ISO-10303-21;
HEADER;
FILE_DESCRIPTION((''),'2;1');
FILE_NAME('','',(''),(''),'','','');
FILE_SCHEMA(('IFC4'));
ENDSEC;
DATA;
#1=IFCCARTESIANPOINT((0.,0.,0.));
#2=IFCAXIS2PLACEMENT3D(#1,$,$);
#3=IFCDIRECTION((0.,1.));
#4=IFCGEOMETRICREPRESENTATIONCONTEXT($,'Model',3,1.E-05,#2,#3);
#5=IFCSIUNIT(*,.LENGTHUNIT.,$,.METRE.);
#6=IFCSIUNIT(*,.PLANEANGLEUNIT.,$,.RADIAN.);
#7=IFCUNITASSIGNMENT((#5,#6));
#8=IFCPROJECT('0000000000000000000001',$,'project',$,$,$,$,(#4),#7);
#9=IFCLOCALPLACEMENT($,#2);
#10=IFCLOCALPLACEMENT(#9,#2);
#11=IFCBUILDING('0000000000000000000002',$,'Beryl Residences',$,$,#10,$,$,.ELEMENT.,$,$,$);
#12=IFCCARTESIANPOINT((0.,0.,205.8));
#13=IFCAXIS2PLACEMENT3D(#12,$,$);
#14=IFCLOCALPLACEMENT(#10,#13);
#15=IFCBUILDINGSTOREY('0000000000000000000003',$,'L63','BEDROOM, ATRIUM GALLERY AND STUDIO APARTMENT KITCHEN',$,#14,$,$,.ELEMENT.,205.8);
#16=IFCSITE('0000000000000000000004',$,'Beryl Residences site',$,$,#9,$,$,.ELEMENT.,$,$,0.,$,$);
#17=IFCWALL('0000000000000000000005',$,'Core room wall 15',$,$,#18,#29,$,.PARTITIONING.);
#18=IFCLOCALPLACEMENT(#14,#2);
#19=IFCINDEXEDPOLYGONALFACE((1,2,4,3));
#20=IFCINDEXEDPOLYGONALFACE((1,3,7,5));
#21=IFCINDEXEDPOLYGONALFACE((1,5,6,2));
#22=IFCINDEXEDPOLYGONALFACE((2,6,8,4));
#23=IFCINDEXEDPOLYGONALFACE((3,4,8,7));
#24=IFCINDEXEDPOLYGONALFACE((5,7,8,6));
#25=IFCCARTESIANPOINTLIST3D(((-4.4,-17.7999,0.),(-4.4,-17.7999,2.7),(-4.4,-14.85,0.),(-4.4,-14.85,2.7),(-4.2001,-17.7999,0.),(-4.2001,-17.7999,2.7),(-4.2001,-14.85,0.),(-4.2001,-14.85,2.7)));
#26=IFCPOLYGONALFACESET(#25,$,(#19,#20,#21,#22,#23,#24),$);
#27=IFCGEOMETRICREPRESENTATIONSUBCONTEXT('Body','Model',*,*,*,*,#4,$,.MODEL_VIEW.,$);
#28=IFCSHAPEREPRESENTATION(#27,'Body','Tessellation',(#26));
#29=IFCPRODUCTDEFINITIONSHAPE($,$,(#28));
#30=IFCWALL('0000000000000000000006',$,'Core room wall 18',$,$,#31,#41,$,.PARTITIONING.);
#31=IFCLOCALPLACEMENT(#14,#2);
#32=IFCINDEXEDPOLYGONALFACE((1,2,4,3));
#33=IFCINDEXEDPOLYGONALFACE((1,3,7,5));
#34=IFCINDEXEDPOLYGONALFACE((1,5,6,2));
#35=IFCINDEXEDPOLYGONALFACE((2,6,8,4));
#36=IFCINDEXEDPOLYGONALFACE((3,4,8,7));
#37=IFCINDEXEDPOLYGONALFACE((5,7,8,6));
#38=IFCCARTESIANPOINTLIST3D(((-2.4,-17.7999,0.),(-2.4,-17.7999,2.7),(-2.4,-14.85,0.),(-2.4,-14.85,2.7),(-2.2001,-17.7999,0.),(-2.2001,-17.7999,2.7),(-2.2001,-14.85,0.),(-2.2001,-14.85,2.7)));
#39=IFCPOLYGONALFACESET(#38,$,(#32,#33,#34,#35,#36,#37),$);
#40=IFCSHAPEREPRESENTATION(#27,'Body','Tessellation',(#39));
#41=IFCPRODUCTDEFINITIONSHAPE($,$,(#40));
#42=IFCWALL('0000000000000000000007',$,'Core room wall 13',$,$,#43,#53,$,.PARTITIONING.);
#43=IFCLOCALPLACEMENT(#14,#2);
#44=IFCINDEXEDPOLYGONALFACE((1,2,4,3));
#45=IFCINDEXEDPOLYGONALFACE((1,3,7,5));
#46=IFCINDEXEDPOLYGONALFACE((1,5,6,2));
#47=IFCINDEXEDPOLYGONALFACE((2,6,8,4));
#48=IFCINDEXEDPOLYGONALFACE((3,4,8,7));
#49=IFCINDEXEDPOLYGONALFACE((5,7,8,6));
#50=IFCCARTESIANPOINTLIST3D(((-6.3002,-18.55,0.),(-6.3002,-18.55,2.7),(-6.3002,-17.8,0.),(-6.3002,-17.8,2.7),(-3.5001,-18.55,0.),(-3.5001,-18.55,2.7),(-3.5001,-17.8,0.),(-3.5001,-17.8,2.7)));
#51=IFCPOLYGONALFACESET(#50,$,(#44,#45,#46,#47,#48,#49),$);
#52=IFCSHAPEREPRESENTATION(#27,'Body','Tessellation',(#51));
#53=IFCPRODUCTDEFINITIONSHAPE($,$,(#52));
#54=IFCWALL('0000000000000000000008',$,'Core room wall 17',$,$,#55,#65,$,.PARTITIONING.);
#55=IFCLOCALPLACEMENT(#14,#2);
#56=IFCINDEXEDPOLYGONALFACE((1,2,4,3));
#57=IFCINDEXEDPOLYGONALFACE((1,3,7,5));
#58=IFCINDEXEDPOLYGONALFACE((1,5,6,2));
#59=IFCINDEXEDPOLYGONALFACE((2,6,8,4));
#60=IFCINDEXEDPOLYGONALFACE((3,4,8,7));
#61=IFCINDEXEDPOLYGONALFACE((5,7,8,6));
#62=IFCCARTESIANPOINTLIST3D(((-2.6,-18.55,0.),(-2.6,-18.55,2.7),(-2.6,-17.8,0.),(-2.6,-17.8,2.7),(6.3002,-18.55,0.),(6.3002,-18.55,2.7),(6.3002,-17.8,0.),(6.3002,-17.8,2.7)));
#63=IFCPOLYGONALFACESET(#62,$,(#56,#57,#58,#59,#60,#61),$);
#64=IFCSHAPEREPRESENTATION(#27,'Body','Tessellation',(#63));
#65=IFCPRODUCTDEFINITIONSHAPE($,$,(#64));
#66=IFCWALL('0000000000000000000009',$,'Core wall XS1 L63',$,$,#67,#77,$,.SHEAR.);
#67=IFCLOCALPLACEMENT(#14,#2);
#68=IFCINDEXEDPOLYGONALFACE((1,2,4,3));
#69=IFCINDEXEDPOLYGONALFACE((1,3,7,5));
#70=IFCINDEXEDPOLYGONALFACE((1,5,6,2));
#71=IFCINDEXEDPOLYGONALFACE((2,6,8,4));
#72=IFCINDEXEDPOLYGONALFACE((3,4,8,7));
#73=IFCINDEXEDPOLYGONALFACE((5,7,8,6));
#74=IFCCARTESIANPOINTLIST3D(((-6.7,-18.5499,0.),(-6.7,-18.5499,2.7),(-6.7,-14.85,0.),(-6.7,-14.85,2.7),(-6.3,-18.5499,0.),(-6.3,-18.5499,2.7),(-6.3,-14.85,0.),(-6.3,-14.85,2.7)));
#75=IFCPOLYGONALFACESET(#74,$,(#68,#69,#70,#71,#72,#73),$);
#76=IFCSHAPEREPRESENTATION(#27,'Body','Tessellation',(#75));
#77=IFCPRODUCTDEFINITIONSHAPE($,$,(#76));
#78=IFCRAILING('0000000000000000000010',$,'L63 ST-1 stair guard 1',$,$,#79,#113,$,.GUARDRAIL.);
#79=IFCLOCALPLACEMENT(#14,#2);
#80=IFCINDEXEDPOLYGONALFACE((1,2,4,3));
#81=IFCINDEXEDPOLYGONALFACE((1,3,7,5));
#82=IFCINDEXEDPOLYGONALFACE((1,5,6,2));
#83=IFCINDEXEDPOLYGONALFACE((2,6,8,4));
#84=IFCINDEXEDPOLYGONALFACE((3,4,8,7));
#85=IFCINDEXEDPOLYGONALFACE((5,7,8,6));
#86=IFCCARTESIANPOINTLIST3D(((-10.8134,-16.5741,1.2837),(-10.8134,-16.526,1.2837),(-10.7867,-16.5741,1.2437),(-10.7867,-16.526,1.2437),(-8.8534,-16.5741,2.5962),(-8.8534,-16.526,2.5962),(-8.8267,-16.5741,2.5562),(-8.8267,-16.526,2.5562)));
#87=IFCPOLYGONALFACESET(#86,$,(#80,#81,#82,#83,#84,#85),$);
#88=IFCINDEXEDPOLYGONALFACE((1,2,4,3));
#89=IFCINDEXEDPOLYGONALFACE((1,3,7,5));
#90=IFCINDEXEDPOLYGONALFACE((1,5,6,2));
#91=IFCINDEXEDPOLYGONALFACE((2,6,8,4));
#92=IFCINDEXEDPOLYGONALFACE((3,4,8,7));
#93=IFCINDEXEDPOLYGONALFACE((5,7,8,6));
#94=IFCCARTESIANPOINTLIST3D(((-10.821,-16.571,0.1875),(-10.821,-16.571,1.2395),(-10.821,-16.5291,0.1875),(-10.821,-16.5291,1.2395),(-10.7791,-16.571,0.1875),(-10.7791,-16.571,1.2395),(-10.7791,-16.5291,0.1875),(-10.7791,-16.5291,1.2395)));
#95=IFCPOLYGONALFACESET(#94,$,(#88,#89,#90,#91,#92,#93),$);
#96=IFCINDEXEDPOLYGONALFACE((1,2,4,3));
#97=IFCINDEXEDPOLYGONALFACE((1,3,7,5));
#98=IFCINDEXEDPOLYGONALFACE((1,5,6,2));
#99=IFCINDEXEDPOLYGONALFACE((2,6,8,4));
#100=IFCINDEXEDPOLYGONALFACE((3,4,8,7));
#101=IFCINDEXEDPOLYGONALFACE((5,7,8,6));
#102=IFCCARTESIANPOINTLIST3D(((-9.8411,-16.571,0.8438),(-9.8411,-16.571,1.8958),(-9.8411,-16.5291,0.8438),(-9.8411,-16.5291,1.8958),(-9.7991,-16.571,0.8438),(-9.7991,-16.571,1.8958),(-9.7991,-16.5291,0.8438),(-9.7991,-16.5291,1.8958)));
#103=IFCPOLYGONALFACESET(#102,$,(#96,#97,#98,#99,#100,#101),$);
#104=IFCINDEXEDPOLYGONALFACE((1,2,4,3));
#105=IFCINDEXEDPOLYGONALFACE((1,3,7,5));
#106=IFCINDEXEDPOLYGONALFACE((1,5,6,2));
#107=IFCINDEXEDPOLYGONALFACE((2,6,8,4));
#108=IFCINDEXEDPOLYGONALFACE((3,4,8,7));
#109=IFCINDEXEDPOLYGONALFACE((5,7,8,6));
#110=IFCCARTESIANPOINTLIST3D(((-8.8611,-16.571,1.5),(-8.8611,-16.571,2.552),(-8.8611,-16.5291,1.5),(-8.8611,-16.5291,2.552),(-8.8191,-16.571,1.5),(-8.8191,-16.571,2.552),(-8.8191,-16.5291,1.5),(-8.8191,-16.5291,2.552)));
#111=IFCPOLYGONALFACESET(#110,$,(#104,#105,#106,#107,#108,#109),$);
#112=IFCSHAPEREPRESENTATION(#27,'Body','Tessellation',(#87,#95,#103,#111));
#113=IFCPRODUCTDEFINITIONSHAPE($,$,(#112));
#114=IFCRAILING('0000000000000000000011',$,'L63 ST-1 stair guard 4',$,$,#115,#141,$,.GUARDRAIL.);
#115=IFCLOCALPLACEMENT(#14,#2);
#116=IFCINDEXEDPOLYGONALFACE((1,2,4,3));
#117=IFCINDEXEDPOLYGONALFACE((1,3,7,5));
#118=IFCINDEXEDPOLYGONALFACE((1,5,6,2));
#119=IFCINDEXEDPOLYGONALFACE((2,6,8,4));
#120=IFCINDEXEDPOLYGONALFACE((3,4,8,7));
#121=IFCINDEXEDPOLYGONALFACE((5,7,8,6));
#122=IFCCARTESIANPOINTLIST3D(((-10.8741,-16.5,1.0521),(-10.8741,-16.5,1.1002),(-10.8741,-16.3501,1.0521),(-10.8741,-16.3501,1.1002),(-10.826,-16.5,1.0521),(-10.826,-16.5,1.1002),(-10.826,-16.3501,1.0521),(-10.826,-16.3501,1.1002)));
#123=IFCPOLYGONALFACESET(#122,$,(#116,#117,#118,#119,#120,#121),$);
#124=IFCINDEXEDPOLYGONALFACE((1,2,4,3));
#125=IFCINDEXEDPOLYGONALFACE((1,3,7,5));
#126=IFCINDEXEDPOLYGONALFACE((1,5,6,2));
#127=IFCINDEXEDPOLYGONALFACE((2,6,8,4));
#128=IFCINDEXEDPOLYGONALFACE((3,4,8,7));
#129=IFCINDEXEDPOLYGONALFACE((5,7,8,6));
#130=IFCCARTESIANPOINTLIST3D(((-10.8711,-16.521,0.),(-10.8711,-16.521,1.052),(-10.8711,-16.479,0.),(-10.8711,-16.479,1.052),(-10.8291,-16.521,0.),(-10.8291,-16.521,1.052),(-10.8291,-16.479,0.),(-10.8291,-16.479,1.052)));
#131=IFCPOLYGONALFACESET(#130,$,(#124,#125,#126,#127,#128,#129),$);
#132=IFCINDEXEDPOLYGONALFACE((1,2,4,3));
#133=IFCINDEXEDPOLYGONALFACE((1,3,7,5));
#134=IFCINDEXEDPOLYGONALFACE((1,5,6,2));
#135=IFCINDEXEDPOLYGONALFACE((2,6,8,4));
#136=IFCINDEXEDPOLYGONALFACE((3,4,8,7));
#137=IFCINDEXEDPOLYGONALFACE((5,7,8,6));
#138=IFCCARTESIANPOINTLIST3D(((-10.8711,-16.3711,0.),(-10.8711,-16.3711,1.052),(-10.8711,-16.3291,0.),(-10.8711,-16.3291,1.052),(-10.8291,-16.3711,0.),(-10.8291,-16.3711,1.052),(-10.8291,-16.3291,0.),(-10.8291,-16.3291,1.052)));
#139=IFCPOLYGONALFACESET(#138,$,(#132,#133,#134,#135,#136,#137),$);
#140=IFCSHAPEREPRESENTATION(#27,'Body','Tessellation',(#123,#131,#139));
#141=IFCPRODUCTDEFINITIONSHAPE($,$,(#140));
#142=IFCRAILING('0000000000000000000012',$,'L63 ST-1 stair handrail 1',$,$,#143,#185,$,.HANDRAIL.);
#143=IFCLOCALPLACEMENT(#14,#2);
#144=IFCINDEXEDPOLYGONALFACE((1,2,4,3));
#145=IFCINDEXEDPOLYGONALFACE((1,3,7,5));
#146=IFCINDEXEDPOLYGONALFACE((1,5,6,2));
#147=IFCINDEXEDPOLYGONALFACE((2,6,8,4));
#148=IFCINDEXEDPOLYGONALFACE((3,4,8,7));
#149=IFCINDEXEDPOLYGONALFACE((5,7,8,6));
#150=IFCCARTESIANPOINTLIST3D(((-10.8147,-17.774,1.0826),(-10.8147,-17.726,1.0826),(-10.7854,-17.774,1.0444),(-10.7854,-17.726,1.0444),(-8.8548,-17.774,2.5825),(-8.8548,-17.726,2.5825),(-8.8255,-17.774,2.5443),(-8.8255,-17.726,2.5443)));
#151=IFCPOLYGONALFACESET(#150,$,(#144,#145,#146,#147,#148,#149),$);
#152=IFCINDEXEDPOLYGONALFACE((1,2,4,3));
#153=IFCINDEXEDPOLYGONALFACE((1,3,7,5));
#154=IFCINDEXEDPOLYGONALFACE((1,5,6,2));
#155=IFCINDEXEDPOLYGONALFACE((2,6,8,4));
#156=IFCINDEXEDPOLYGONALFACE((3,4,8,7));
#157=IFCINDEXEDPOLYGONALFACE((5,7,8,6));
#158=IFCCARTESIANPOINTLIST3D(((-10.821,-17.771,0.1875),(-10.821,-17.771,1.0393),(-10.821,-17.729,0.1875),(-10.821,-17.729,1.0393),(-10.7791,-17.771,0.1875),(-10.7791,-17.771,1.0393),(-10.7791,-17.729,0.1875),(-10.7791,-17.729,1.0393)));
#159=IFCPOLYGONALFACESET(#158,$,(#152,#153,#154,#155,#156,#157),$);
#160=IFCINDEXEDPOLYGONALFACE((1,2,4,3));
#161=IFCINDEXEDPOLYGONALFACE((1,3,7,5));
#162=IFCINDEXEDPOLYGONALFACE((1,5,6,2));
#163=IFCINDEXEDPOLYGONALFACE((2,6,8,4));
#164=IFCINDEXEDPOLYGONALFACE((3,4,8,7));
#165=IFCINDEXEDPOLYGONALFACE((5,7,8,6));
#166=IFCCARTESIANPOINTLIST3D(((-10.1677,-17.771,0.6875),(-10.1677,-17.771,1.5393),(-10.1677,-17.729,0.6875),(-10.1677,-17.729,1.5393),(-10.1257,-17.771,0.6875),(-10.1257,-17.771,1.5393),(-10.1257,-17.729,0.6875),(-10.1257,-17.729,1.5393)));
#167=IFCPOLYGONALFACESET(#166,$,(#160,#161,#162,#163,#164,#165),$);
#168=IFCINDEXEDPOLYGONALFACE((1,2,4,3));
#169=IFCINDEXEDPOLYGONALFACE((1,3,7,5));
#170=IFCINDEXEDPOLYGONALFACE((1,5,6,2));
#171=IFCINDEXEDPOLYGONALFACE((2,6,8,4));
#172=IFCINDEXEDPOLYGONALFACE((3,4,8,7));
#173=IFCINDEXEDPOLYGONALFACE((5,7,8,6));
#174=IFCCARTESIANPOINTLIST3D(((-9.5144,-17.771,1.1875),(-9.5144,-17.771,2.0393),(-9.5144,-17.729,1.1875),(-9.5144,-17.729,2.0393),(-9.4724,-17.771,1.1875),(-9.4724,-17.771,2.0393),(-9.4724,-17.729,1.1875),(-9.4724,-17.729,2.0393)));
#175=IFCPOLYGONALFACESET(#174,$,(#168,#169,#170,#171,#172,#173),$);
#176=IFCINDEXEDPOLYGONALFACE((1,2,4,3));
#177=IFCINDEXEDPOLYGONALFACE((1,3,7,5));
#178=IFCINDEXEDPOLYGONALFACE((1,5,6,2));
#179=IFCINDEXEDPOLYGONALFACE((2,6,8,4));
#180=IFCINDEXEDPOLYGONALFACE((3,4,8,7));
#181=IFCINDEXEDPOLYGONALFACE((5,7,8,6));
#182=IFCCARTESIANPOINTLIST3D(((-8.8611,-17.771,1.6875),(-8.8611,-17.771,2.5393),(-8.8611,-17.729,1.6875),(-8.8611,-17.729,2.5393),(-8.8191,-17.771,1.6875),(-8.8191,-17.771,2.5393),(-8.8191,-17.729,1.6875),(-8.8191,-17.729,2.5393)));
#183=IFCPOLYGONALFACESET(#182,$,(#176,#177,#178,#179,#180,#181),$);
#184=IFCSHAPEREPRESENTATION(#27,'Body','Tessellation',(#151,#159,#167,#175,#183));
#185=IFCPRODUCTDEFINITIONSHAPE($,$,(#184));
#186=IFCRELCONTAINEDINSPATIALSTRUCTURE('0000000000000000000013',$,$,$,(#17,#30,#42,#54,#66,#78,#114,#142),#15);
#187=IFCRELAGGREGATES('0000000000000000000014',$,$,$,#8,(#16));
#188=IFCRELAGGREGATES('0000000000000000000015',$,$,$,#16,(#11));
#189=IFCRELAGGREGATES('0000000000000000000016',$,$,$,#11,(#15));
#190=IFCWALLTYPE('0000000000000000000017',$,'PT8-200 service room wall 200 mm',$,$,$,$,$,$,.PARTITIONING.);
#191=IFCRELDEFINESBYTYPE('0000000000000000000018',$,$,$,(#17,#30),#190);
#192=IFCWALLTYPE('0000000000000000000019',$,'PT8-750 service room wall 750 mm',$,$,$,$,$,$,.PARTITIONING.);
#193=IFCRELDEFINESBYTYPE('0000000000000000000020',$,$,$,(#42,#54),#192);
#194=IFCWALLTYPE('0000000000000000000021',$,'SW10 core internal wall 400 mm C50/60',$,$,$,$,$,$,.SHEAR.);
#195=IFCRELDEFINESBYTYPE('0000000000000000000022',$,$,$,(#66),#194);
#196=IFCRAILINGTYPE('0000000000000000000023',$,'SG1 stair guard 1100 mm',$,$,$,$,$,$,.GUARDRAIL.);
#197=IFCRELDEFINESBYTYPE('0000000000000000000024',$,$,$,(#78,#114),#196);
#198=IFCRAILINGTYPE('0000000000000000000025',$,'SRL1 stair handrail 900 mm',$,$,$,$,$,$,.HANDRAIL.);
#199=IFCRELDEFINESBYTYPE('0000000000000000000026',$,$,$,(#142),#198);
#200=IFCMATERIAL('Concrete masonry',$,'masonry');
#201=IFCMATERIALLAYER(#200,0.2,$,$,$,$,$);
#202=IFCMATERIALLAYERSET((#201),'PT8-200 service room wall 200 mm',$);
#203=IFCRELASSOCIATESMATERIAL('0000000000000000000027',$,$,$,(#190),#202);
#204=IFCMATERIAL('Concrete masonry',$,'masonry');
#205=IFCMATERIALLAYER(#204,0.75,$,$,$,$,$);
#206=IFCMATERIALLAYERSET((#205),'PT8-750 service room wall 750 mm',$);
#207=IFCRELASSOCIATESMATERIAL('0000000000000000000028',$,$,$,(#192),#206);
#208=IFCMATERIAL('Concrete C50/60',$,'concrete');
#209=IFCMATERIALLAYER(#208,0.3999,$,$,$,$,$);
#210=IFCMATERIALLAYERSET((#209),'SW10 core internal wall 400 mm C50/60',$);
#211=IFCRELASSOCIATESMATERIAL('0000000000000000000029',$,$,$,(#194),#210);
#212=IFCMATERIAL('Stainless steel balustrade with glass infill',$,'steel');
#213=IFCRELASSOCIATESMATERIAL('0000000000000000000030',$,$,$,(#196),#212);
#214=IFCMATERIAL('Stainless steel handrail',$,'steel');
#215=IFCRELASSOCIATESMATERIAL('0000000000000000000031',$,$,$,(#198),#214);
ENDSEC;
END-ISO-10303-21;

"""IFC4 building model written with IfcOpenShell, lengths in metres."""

from ifc_helpers import new_model, si_unit, direction, frame, frame_2d, origin, origin_2d, place, context, subcontext, project, spatial, rectangle, extrude, material, layer, layer_set, type_object, element, save


model = new_model("IFC4")

# Units and contexts
model_context = context("Model", 3, precision=1e-05, world=origin(), true_north=direction((0.0, 1.0)))
body_context = subcontext(model_context, "Body", "Model", "MODEL_VIEW")
ifc_project = project(units=[si_unit("LENGTHUNIT", "METRE"), si_unit("PLANEANGLEUNIT", "RADIAN")], contexts=[model_context])

# Site, building, storey
site_placement = place(None, origin())
site = spatial("IfcSite", under=ifc_project, at=site_placement, Name="Beryl Residences site", CompositionType="ELEMENT", RefElevation=0.0)
building_placement = place(site_placement, origin())
building = spatial("IfcBuilding", under=site, at=building_placement, Name="Beryl Residences", CompositionType="ELEMENT")
storey_placement = place(building_placement, frame((0.0, 0.0, 205.8)))
storey = spatial("IfcBuildingStorey", under=building, at=storey_placement, Name="L63", Description="BEDROOM, ATRIUM GALLERY AND STUDIO APARTMENT KITCHEN", CompositionType="ELEMENT", Elevation=205.8)

# Walls
ifc_material_1 = material(Name="Concrete masonry", Category="masonry")
ifc_layer_1 = layer(ifc_material_1, 0.2)
ifc_layer_set_1 = layer_set([ifc_layer_1], Name="PT8-200 service room wall 200 mm")
wall_type_1 = type_object("IfcWallType", Name="PT8-200 service room wall 200 mm", PredefinedType="PARTITIONING", material=ifc_layer_set_1)
for number, where, z_axis, x_axis, name in (
    (1, (-4.3, -17.8, 0.0), (0.0, 0.0, 1.0), (0.0, 1.0, 0.0), "Core room wall 15"),
    (2, (-2.3, -17.8, 0.0), (0.0, 0.0, 1.0), (0.0, 1.0, 0.0), "Core room wall 18"),
):
    element("IfcWall", number, at=place(storey_placement, frame(where, z_axis=z_axis, x_axis=x_axis)), inside=storey, type_object=wall_type_1, Name=name, PredefinedType="PARTITIONING", context=body_context, shape_type="SweptSolid", body=[
        extrude(rectangle(XDim=2.95, YDim=0.2, at=frame_2d((1.4751, 0.0))), origin(), (0.0, 0.0, 1.0), 2.7),
    ])
ifc_material_2 = material(Name="Concrete masonry", Category="masonry")
ifc_layer_2 = layer(ifc_material_2, 0.75)
ifc_layer_set_2 = layer_set([ifc_layer_2], Name="PT8-750 service room wall 750 mm")
wall_type_2 = type_object("IfcWallType", Name="PT8-750 service room wall 750 mm", PredefinedType="PARTITIONING", material=ifc_layer_set_2)
wall_1_placement = place(storey_placement, frame((-6.3, -18.175, 0.0), z_axis=(0.0, 0.0, 1.0), x_axis=(1.0, 0.0, 0.0)))
element("IfcWall", 3, at=wall_1_placement, inside=storey, type_object=wall_type_2, Name="Core room wall 13", PredefinedType="PARTITIONING", context=body_context, shape_type="SweptSolid", body=[
    extrude(rectangle(XDim=2.8, YDim=0.75, at=frame_2d((1.3999, 0.0))), origin(), (0.0, 0.0, 1.0), 2.7),
])
wall_2_placement = place(storey_placement, frame((-2.6001, -18.175, 0.0), z_axis=(0.0, 0.0, 1.0), x_axis=(1.0, 0.0, 0.0)))
element("IfcWall", 4, at=wall_2_placement, inside=storey, type_object=wall_type_2, Name="Core room wall 17", PredefinedType="PARTITIONING", context=body_context, shape_type="SweptSolid", body=[
    extrude(rectangle(XDim=8.9001, YDim=0.75, at=frame_2d((4.4502, 0.0))), origin(), (0.0, 0.0, 1.0), 2.7),
])
ifc_material_3 = material(Name="Concrete C50/60", Category="concrete")
ifc_layer_3 = layer(ifc_material_3, 0.3999)
ifc_layer_set_3 = layer_set([ifc_layer_3], Name="SW10 core internal wall 400 mm C50/60")
wall_type_3 = type_object("IfcWallType", Name="SW10 core internal wall 400 mm C50/60", PredefinedType="SHEAR", material=ifc_layer_set_3)
wall_3_placement = place(storey_placement, frame((-6.5, -18.55, 0.0), z_axis=(0.0, 0.0, 1.0), x_axis=(0.0, 1.0, 0.0)))
element("IfcWall", 5, at=wall_3_placement, inside=storey, type_object=wall_type_3, Name="Core wall XS1 L63", PredefinedType="SHEAR", context=body_context, shape_type="SweptSolid", body=[
    extrude(rectangle(XDim=3.7, YDim=0.3999, at=frame_2d((1.8501, 0.0))), origin(), (0.0, 0.0, 1.0), 2.7),
])

# Railings
ifc_material_4 = material(Name="Stainless steel balustrade with glass infill", Category="steel")
railing_type_1 = type_object("IfcRailingType", Name="SG1 stair guard 1100 mm", PredefinedType="GUARDRAIL", material=ifc_material_4)
railing_1_placement = place(storey_placement, frame((-10.8, -16.55, 0.1875)))
element("IfcRailing", 6, at=railing_1_placement, inside=storey, type_object=railing_type_1, Name="L63 ST-1 stair guard 1", PredefinedType="GUARDRAIL", context=body_context, shape_type="SweptSolid", body=[
    extrude(rectangle(XDim=0.0481, YDim=0.0481, at=origin_2d()), frame((0.0, 0.0, 1.0762), z_axis=(0.830902, 0.0, 0.556419), x_axis=(0.0, 1.0, 0.0)), (0.0, 0.0, 1.0), 2.3589),
    extrude(rectangle(XDim=0.042, YDim=0.042, at=origin_2d()), origin(), (0.0, 0.0, 1.0), 1.052),
    extrude(rectangle(XDim=0.042, YDim=0.042, at=origin_2d()), frame((0.98, 0.0, 0.6562)), (0.0, 0.0, 1.0), 1.052),
    extrude(rectangle(XDim=0.042, YDim=0.042, at=origin_2d()), frame((1.96, 0.0, 1.3125)), (0.0, 0.0, 1.0), 1.052),
])
railing_2_placement = place(storey_placement, frame((-10.8501, -16.5, 0.0)))
element("IfcRailing", 7, at=railing_2_placement, inside=storey, type_object=railing_type_1, Name="L63 ST-1 stair guard 4", PredefinedType="GUARDRAIL", context=body_context, shape_type="SweptSolid", body=[
    extrude(rectangle(XDim=0.0481, YDim=0.0481, at=origin_2d()), frame((0.0, 0.0, 1.0762), z_axis=(0.0, 1.0, 0.0), x_axis=(-1.0, 0.0, 0.0)), (0.0, 0.0, 1.0), 0.1499),
    extrude(rectangle(XDim=0.042, YDim=0.042, at=origin_2d()), origin(), (0.0, 0.0, 1.0), 1.052),
    extrude(rectangle(XDim=0.042, YDim=0.042, at=origin_2d()), frame((0.0, 0.1499, 0.0)), (0.0, 0.0, 1.0), 1.052),
])
ifc_material_5 = material(Name="Stainless steel handrail", Category="steel")
railing_type_2 = type_object("IfcRailingType", Name="SRL1 stair handrail 900 mm", PredefinedType="HANDRAIL", material=ifc_material_5)
railing_3_placement = place(storey_placement, frame((-10.8, -17.75, 0.1875)))
element("IfcRailing", 8, at=railing_3_placement, inside=storey, type_object=railing_type_2, Name="L63 ST-1 stair handrail 1", PredefinedType="HANDRAIL", context=body_context, shape_type="SweptSolid", body=[
    extrude(rectangle(XDim=0.0481, YDim=0.0481, at=origin_2d()), frame((0.0, 0.0, 0.876), z_axis=(0.794122, 0.0, 0.607758), x_axis=(0.0, 1.0, 0.0)), (0.0, 0.0, 1.0), 2.468),
    extrude(rectangle(XDim=0.042, YDim=0.042, at=origin_2d()), origin(), (0.0, 0.0, 1.0), 0.8518),
    extrude(rectangle(XDim=0.042, YDim=0.042, at=origin_2d()), frame((0.6533, 0.0, 0.5)), (0.0, 0.0, 1.0), 0.8518),
    extrude(rectangle(XDim=0.042, YDim=0.042, at=origin_2d()), frame((1.3066, 0.0, 1.0)), (0.0, 0.0, 1.0), 0.8518),
    extrude(rectangle(XDim=0.042, YDim=0.042, at=origin_2d()), frame((1.96, 0.0, 1.5)), (0.0, 0.0, 1.0), 0.8518),
])

save(model, "model.ifc")
